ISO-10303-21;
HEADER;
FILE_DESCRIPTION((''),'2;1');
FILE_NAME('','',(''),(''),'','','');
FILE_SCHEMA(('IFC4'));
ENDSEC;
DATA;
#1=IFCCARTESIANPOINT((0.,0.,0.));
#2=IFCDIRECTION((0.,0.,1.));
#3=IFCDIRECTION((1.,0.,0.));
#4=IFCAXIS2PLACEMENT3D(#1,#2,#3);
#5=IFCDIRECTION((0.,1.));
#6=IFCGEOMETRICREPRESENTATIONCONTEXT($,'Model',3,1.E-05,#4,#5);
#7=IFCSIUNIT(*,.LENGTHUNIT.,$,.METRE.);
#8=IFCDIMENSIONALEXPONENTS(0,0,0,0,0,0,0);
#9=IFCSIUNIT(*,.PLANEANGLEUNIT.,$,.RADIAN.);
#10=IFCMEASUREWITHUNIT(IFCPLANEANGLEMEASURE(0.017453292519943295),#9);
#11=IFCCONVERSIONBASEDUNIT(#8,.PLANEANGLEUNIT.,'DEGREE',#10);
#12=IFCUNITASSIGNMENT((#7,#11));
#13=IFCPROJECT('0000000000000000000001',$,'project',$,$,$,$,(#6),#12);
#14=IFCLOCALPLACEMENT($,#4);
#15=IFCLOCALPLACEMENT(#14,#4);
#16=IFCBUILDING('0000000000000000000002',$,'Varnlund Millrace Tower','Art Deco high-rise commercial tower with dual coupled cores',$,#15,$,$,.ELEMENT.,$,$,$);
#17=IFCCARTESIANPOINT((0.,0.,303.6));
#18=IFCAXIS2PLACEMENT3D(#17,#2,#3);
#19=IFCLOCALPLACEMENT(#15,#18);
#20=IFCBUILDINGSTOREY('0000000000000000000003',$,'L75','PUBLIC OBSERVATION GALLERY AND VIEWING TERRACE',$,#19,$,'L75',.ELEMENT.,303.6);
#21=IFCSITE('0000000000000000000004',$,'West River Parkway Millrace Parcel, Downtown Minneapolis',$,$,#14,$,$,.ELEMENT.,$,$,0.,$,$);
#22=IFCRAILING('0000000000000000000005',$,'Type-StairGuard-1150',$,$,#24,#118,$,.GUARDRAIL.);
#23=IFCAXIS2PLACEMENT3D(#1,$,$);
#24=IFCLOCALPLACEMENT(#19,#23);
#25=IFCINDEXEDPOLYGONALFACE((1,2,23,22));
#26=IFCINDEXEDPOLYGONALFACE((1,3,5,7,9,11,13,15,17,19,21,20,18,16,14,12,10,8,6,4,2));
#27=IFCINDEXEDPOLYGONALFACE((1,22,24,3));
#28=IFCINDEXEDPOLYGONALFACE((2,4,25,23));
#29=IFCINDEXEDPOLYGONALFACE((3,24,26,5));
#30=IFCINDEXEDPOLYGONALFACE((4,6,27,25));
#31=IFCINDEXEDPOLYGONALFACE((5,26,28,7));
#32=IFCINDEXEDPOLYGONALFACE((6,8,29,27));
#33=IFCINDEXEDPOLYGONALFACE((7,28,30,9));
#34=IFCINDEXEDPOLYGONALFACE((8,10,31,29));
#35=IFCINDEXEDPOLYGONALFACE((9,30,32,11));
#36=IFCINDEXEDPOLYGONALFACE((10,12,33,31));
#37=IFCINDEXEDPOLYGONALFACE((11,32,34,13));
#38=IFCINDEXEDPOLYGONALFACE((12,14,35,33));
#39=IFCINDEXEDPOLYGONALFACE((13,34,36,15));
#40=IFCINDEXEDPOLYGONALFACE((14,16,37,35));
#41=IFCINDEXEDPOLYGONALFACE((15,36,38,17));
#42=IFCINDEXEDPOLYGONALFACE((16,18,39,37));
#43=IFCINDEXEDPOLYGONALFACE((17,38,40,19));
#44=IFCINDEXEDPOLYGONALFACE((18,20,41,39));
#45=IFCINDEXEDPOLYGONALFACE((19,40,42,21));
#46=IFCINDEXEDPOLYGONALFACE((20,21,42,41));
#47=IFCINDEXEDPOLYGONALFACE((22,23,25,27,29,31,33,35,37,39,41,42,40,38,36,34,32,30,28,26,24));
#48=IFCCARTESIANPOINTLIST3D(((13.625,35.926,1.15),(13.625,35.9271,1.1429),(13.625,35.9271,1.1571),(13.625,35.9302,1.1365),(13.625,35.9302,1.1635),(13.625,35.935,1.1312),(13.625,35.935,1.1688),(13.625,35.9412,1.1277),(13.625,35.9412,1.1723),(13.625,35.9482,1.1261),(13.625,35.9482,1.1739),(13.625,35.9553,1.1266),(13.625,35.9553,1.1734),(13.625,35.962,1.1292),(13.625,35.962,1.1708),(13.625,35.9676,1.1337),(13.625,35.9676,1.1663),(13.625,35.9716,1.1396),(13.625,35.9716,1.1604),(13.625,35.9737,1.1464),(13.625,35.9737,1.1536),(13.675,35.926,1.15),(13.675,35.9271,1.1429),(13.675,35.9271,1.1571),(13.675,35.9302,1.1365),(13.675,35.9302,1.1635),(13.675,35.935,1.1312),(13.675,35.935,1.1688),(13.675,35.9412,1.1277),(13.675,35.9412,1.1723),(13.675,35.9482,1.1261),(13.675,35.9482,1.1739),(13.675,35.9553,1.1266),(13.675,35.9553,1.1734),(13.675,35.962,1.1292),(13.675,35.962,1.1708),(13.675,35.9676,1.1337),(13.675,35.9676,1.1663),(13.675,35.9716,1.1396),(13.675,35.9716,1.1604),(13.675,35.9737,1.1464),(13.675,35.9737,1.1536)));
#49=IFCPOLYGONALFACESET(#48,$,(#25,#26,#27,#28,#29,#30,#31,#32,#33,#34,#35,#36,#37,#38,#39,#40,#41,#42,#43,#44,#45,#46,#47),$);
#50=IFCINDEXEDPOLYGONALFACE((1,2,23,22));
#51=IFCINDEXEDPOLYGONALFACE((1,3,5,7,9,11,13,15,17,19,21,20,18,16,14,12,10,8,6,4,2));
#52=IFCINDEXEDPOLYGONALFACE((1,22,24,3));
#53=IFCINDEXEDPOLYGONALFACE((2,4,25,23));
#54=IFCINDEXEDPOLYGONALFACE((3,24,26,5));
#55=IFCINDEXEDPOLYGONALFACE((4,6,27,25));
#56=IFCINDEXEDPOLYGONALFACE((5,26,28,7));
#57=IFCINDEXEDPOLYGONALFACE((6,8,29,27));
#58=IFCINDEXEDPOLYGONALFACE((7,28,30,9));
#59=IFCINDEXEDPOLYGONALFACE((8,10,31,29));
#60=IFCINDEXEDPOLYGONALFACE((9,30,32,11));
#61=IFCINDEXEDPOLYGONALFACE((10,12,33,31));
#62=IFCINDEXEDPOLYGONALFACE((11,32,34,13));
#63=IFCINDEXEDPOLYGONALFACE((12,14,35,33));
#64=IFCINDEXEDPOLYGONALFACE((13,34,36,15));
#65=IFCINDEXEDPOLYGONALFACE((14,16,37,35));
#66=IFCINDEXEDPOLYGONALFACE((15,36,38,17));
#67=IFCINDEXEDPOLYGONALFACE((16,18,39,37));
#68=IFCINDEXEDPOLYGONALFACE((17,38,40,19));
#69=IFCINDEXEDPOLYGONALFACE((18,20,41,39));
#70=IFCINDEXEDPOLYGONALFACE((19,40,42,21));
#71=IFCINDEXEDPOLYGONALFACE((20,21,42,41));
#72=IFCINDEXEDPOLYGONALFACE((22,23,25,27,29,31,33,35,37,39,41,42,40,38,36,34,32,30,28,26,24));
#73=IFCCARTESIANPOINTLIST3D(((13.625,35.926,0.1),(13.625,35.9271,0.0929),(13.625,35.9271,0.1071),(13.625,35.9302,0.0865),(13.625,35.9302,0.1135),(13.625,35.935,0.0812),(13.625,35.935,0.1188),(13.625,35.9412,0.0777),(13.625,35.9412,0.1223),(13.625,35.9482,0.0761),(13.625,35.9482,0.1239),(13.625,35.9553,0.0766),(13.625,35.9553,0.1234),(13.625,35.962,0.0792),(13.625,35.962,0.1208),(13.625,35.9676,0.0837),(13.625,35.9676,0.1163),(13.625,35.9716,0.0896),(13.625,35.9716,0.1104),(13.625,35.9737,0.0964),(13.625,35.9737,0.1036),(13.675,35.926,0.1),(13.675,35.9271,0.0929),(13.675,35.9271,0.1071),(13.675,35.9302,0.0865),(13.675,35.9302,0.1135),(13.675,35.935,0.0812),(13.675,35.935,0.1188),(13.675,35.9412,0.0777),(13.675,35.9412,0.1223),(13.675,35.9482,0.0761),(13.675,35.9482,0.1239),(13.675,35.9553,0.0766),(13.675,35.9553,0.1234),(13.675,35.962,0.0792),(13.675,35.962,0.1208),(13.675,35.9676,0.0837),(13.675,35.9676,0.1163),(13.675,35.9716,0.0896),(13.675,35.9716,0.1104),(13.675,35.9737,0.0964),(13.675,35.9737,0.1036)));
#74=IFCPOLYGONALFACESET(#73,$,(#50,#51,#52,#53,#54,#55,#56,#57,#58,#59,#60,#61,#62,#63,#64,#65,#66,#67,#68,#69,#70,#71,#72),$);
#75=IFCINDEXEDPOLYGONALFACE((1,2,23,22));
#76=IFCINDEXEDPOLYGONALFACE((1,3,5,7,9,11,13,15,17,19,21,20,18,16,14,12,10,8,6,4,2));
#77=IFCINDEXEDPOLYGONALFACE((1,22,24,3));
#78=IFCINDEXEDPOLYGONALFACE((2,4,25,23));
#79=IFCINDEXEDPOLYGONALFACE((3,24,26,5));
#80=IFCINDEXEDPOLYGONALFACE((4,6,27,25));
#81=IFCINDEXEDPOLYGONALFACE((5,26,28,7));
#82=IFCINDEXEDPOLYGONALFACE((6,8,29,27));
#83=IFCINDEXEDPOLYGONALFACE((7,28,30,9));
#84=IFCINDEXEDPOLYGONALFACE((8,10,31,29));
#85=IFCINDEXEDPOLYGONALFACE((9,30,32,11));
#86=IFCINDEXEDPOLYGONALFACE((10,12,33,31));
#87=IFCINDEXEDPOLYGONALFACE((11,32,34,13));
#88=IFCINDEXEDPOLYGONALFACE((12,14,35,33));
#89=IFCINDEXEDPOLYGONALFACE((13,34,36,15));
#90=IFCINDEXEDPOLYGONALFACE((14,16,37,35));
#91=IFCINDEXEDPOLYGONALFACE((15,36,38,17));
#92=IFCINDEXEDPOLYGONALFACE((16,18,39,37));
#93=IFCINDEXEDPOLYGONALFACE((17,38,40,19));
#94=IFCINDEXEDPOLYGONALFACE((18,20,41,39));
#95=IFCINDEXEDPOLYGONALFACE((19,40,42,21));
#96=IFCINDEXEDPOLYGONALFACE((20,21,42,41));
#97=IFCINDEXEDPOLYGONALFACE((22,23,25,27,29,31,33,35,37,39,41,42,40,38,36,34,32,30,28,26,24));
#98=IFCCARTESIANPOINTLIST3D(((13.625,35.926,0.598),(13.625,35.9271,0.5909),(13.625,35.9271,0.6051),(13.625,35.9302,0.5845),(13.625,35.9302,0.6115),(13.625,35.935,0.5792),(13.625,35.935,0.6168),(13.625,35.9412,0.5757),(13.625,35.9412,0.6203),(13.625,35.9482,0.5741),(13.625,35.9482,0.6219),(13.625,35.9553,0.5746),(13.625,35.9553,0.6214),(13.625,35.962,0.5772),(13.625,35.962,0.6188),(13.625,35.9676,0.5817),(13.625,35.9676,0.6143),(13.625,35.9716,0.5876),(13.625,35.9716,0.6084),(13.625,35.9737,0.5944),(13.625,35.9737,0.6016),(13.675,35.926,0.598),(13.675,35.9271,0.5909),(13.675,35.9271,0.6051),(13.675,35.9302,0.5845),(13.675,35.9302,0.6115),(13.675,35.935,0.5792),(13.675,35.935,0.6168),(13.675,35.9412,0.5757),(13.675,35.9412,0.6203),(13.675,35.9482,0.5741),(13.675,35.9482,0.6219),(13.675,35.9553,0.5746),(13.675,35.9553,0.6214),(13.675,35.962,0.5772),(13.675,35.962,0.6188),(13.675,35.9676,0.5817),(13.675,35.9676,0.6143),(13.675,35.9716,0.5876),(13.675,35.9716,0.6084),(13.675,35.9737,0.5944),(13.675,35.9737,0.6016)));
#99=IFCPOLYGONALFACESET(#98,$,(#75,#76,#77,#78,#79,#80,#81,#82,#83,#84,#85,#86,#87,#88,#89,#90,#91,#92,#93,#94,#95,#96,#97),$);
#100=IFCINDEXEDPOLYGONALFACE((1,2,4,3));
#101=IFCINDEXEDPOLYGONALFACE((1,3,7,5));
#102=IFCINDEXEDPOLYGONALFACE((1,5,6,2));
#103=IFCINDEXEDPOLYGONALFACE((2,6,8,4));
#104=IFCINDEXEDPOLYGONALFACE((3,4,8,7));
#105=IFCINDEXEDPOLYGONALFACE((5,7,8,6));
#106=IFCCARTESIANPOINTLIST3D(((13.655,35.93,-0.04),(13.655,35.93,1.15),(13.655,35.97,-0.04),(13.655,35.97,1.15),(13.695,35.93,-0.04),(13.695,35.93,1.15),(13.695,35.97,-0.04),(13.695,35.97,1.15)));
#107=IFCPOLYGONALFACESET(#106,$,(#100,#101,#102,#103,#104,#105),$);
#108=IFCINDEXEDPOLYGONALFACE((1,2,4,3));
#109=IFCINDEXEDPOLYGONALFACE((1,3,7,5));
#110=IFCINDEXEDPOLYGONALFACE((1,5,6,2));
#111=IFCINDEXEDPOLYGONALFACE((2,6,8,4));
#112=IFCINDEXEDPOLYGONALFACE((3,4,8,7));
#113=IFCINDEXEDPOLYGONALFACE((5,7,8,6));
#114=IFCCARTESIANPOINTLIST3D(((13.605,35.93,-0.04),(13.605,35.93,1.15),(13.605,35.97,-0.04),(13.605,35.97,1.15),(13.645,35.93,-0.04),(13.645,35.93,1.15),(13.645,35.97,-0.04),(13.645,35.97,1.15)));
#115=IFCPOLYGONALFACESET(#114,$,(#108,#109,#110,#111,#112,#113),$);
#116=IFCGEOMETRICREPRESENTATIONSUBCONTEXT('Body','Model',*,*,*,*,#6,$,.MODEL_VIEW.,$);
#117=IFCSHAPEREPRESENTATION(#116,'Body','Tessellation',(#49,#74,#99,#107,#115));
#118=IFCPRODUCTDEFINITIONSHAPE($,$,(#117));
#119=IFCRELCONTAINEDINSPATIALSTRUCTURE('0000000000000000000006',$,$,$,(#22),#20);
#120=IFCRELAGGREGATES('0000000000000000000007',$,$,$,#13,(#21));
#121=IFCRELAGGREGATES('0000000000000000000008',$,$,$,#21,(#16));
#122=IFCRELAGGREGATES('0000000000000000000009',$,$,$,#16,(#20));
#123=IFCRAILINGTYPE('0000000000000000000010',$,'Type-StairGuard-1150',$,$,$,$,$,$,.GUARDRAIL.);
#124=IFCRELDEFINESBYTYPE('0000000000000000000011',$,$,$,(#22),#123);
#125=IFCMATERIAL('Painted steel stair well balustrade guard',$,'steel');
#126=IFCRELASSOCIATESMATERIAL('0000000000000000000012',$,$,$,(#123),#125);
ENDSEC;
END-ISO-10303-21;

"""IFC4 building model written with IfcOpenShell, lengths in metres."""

from ifc_helpers import new_model, entity, si_unit, converted_unit, direction, frame, origin_with_axes, origin_2d_with_axis, place, context, subcontext, project, spatial, rectangle, circle, extrude, material, type_object, element, save


model = new_model("IFC4")

# Units and contexts
model_context = context("Model", 3, precision=1e-05, world=origin_with_axes(), true_north=direction((0.0, 1.0)))
body_context = subcontext(model_context, "Body", "Model", "MODEL_VIEW")
ifc_project = project(units=[si_unit("LENGTHUNIT", "METRE"), converted_unit("PLANEANGLEUNIT", "DEGREE", entity("IfcPlaneAngleMeasure", 0.017453292519943295), si_unit("PLANEANGLEUNIT", "RADIAN"), dimensions=[0, 0, 0, 0, 0, 0, 0])], contexts=[model_context])

# Site, building, storey
site_placement = place(None, origin_with_axes())
site = spatial("IfcSite", under=ifc_project, at=site_placement, Name="West River Parkway Millrace Parcel, Downtown Minneapolis", CompositionType="ELEMENT", RefElevation=0.0)
building_placement = place(site_placement, origin_with_axes())
building = spatial("IfcBuilding", under=site, at=building_placement, Name="Varnlund Millrace Tower", Description="Art Deco high-rise commercial tower with dual coupled cores", CompositionType="ELEMENT")
storey_placement = place(building_placement, frame((0.0, 0.0, 303.6), z_axis=(0.0, 0.0, 1.0), x_axis=(1.0, 0.0, 0.0)))
storey = spatial("IfcBuildingStorey", under=building, at=storey_placement, Name="L75", Description="PUBLIC OBSERVATION GALLERY AND VIEWING TERRACE", LongName="L75", CompositionType="ELEMENT", Elevation=303.6)

# Railing
ifc_material_1 = material(Name="Painted steel stair well balustrade guard", Category="steel")
railing_type_1 = type_object("IfcRailingType", Name="Type-StairGuard-1150", PredefinedType="GUARDRAIL", material=ifc_material_1)
railing_1_placement = place(storey_placement, frame((0.0, 0.0, -303.6), z_axis=(0.0, 0.0, 1.0), x_axis=(1.0, 0.0, 0.0)))
element("IfcRailing", 1, at=railing_1_placement, inside=storey, type_object=railing_type_1, Name="Type-StairGuard-1150", PredefinedType="GUARDRAIL", context=body_context, shape_type="SweptSolid", body=[
    extrude(circle(Radius=0.024, at=origin_2d_with_axis()), frame((13.675, 35.95, 304.75), z_axis=(-1.0, 0.0, 0.0), x_axis=(0.0, -1.0, 0.0)), (0.0, 0.0, 1.0), 0.05),
    extrude(circle(Radius=0.024, at=origin_2d_with_axis()), frame((13.675, 35.95, 303.7), z_axis=(-1.0, 0.0, 0.0), x_axis=(0.0, -1.0, 0.0)), (0.0, 0.0, 1.0), 0.05),
    extrude(circle(Radius=0.024, at=origin_2d_with_axis()), frame((13.675, 35.95, 304.198), z_axis=(-1.0, 0.0, 0.0), x_axis=(0.0, -1.0, 0.0)), (0.0, 0.0, 1.0), 0.05),
    extrude(rectangle(XDim=0.04, YDim=0.04, at=origin_2d_with_axis()), frame((13.675, 35.95, 303.56), z_axis=(0.0, 0.0, 1.0), x_axis=(1.0, 0.0, 0.0)), (0.0, 0.0, 1.0), 1.19),
    extrude(rectangle(XDim=0.04, YDim=0.04, at=origin_2d_with_axis()), frame((13.625, 35.95, 303.56), z_axis=(0.0, 0.0, 1.0), x_axis=(1.0, 0.0, 0.0)), (0.0, 0.0, 1.0), 1.19),
])

save(model, "model.ifc")
